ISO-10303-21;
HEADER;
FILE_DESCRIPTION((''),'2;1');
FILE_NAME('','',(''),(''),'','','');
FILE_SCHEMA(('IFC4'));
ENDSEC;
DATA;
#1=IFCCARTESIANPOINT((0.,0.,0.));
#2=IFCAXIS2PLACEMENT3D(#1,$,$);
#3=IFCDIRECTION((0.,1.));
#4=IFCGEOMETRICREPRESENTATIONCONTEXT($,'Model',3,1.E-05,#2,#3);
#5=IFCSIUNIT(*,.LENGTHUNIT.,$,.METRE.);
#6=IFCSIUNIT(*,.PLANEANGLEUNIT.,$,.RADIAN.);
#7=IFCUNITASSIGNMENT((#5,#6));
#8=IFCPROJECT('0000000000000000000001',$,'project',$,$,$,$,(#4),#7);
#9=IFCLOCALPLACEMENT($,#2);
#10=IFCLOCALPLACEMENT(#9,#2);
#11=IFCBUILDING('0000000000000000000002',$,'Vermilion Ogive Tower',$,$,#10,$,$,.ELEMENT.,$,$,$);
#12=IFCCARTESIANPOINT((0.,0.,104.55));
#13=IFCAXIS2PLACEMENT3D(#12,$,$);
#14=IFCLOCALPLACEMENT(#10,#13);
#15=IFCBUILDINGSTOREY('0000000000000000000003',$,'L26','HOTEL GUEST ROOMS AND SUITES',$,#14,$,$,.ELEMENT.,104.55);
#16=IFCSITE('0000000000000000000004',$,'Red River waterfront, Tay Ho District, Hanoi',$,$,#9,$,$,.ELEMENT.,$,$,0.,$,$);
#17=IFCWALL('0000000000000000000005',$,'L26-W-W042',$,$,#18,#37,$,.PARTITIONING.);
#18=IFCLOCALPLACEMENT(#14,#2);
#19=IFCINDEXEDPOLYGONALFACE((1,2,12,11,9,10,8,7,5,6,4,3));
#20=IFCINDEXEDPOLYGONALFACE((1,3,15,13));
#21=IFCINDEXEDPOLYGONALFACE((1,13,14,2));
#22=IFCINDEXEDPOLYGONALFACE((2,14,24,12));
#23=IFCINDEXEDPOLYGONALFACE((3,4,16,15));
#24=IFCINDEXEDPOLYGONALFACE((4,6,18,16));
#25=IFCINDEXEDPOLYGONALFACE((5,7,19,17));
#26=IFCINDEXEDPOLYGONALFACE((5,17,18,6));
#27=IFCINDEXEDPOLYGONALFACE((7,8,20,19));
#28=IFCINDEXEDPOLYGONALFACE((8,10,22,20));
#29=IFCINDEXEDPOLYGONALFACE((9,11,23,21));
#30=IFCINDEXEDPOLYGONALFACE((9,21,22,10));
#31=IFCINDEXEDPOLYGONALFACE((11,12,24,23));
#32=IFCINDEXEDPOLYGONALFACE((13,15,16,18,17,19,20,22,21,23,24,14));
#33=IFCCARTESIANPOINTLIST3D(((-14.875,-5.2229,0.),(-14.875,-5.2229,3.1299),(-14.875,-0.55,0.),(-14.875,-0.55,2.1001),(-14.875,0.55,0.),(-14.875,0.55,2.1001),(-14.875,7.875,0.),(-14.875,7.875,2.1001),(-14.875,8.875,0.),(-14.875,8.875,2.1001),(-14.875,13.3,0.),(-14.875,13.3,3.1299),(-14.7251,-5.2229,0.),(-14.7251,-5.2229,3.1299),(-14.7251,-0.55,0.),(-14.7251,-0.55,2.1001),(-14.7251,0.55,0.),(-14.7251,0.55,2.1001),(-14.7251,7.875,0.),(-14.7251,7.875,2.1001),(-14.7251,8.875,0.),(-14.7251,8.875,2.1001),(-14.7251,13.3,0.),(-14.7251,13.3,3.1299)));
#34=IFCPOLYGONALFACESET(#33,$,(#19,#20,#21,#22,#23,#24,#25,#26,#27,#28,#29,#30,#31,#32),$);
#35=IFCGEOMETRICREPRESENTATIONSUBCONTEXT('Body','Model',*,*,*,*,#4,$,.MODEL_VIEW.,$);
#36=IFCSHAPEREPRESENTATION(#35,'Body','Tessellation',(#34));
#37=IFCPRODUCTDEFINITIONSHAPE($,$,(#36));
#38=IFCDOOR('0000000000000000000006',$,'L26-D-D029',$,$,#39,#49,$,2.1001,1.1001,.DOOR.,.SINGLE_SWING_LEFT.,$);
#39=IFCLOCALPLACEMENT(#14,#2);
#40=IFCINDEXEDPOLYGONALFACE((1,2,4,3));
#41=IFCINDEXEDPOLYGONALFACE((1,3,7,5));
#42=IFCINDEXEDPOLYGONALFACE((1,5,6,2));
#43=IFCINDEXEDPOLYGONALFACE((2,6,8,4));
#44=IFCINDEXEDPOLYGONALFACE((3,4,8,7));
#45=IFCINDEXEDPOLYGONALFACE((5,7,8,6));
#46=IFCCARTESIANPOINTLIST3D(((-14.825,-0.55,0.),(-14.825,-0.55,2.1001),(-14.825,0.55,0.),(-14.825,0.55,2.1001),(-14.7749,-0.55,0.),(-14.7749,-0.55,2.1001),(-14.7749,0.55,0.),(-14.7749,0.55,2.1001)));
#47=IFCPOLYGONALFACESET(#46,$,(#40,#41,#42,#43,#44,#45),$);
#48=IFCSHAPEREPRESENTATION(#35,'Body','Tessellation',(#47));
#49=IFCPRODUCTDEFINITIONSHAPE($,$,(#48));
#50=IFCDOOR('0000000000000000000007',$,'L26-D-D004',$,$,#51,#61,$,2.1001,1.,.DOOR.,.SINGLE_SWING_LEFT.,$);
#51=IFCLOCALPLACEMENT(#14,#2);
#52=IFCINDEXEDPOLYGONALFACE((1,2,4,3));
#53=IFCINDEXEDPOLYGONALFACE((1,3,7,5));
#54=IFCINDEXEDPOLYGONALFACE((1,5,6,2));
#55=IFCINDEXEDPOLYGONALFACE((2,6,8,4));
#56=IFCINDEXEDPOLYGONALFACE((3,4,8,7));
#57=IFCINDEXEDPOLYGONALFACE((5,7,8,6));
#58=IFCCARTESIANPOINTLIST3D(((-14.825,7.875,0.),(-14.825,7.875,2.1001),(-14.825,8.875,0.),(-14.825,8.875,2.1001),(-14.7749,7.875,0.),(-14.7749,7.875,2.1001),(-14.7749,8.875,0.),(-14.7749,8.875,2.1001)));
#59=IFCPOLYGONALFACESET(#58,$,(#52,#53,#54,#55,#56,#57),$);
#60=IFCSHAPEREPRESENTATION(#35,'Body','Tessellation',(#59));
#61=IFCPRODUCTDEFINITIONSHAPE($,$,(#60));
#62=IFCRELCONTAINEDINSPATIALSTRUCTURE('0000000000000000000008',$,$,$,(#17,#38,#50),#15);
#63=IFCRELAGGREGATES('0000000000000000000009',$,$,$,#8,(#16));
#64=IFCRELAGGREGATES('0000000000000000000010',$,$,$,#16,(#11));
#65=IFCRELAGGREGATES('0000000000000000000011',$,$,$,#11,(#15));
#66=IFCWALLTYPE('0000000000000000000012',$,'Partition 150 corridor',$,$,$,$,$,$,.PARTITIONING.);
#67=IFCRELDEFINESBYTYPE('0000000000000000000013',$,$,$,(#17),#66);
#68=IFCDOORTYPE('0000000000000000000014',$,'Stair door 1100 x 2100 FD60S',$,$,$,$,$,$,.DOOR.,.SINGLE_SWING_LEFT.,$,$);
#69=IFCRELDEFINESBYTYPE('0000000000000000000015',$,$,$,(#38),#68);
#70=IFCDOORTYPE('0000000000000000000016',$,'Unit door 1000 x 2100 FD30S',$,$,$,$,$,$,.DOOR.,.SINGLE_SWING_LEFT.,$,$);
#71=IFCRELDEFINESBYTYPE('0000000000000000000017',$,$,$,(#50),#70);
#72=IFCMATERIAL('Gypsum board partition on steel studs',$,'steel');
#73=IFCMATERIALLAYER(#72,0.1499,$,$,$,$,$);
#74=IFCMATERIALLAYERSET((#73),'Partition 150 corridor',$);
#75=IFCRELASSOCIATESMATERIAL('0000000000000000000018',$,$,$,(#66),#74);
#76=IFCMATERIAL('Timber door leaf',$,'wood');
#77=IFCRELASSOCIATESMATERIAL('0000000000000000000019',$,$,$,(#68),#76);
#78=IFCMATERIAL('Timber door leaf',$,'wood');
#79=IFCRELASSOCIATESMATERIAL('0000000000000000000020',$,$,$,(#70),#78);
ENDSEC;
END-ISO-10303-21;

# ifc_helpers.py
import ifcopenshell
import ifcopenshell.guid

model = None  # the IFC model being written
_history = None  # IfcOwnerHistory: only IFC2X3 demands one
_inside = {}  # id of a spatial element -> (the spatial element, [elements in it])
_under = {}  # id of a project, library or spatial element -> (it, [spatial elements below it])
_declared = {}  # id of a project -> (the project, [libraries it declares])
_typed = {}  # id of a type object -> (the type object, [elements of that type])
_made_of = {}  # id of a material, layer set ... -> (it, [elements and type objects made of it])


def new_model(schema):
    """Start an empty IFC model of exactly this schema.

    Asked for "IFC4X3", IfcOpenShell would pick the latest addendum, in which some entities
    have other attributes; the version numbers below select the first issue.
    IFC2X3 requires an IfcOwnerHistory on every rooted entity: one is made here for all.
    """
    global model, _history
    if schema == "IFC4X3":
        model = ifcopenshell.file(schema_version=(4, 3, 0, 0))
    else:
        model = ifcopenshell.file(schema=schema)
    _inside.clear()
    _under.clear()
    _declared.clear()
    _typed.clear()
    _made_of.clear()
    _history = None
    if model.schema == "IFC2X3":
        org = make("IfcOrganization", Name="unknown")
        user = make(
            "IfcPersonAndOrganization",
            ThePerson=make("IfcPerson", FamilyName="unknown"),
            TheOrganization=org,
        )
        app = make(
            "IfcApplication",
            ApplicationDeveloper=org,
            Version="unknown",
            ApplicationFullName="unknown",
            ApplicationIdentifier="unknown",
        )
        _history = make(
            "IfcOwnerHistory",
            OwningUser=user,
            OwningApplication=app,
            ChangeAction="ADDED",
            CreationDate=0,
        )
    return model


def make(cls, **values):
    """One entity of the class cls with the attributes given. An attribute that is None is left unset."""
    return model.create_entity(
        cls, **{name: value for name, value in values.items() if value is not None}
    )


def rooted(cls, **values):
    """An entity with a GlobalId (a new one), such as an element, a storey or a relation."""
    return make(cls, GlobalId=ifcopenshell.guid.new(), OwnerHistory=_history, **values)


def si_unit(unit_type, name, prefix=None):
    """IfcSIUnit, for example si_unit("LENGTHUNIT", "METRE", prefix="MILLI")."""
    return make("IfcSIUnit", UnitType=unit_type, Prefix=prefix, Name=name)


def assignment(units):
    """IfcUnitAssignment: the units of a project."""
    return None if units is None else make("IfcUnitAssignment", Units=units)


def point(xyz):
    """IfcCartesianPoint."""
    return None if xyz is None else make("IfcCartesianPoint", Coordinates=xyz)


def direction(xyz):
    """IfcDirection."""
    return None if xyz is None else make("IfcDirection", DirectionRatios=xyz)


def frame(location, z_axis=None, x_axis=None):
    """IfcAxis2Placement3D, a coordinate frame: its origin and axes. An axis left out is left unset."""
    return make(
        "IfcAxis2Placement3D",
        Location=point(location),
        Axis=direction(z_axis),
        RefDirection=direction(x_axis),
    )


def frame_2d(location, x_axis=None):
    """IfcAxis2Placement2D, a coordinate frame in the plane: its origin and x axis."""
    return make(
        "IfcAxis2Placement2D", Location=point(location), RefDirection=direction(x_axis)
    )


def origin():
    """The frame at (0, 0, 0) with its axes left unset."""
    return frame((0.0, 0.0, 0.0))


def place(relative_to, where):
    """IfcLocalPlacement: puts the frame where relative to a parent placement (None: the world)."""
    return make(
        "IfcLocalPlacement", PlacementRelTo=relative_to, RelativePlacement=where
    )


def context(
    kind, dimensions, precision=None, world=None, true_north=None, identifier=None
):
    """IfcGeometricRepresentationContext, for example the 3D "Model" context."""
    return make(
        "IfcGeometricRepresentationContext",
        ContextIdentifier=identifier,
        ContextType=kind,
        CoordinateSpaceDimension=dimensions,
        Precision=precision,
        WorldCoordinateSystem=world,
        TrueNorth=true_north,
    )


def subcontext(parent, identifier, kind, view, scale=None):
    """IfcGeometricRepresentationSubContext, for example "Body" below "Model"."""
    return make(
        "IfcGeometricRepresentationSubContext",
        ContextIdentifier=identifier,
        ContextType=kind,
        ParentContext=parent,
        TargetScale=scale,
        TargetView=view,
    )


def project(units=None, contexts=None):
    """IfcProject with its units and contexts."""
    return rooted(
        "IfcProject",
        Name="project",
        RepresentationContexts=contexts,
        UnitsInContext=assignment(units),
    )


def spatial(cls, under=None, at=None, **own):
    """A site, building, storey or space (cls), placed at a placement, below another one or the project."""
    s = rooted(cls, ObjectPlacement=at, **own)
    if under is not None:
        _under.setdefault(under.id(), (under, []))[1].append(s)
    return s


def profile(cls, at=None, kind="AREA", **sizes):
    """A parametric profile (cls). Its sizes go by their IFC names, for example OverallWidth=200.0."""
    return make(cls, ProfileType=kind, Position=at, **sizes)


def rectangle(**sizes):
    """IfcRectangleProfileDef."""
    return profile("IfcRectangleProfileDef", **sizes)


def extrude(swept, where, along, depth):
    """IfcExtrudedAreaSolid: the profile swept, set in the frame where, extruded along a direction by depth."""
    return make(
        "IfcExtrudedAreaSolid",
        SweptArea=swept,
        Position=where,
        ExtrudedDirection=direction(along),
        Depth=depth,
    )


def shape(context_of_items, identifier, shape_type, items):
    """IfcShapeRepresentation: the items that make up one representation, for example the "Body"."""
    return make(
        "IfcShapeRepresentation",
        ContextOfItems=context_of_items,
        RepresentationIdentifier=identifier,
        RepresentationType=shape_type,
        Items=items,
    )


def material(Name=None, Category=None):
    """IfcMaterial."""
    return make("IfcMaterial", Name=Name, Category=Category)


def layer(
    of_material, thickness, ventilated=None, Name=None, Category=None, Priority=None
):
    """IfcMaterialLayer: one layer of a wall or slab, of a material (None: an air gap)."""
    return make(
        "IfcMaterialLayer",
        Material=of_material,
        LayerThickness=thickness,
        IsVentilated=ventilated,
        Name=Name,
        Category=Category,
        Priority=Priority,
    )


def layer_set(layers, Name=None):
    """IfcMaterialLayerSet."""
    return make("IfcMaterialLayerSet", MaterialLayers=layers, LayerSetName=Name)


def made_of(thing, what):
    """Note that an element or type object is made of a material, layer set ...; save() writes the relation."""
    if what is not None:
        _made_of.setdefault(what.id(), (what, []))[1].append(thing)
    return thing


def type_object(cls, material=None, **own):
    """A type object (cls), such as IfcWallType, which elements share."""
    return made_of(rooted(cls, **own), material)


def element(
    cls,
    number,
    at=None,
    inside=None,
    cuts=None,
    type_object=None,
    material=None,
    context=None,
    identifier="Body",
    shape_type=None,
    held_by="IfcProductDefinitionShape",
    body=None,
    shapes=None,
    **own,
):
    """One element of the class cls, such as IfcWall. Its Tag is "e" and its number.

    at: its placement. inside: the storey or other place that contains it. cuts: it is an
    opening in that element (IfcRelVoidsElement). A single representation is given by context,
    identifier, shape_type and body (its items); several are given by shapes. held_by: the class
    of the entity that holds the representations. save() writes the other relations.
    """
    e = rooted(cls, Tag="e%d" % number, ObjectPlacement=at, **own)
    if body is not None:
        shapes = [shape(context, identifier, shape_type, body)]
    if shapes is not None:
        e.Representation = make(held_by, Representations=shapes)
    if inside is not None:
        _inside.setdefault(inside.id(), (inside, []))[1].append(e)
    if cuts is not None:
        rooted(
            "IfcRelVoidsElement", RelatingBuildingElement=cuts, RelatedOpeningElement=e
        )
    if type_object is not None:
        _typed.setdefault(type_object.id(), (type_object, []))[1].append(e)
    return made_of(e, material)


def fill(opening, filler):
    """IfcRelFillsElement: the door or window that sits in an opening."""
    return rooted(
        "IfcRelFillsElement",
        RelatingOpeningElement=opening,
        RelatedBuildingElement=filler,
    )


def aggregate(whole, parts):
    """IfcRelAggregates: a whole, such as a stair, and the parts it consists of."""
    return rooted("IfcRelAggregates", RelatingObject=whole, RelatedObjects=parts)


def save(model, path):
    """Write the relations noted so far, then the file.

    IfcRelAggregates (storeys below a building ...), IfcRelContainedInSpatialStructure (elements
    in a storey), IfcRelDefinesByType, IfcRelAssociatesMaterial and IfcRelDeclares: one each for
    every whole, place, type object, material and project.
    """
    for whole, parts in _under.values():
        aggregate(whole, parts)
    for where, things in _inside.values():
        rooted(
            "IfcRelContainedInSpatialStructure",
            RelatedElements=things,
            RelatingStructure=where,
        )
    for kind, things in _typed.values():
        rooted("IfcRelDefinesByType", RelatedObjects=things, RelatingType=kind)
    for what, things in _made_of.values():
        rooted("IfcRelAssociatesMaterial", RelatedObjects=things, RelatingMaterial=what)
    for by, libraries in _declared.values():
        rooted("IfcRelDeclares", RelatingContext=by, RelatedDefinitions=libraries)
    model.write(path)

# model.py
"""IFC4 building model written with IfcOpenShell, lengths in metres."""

from ifc_helpers import new_model, si_unit, direction, frame, frame_2d, origin, place, context, subcontext, project, spatial, rectangle, extrude, material, layer, layer_set, type_object, element, fill, save


model = new_model("IFC4")

# Units and contexts
model_context = context("Model", 3, precision=1e-05, world=origin(), true_north=direction((0.0, 1.0)))
body_context = subcontext(model_context, "Body", "Model", "MODEL_VIEW")
ifc_project = project(units=[si_unit("LENGTHUNIT", "METRE"), si_unit("PLANEANGLEUNIT", "RADIAN")], contexts=[model_context])

# Site, building, storey
site_placement = place(None, origin())
site = spatial("IfcSite", under=ifc_project, at=site_placement, Name="Red River waterfront, Tay Ho District, Hanoi", CompositionType="ELEMENT", RefElevation=0.0)
building_placement = place(site_placement, origin())
building = spatial("IfcBuilding", under=site, at=building_placement, Name="Vermilion Ogive Tower", CompositionType="ELEMENT")
storey_placement = place(building_placement, frame((0.0, 0.0, 104.55)))
storey = spatial("IfcBuildingStorey", under=building, at=storey_placement, Name="L26", Description="HOTEL GUEST ROOMS AND SUITES", CompositionType="ELEMENT", Elevation=104.55)

# Shared definitions
ifc_material_1 = material(Name="Gypsum board partition on steel studs", Category="steel")
ifc_layer_1 = layer(ifc_material_1, 0.1499)
ifc_layer_set_1 = layer_set([ifc_layer_1], Name="Partition 150 corridor")
wall_type_1 = type_object("IfcWallType", Name="Partition 150 corridor", PredefinedType="PARTITIONING", material=ifc_layer_set_1)
ifc_material_2 = material(Name="Timber door leaf", Category="wood")
door_type_1 = type_object("IfcDoorType", Name="Stair door 1100 x 2100 FD60S", OperationType="SINGLE_SWING_LEFT", PredefinedType="DOOR", material=ifc_material_2)

# Wall, openings, doors
wall_1_placement = place(storey_placement, frame((-14.8, -5.2229, 0.0), z_axis=(0.0, 0.0, 1.0), x_axis=(0.0, 1.0, 0.0)))
wall_1 = element("IfcWall", 1, at=wall_1_placement, inside=storey, type_object=wall_type_1, Name="L26-W-W042", PredefinedType="PARTITIONING", context=body_context, shape_type="SweptSolid", body=[
    extrude(rectangle(XDim=18.5229, YDim=0.1499, at=frame_2d((9.2615, 0.0))), origin(), (0.0, 0.0, 1.0), 3.1299),
])
opening_1_placement = place(wall_1_placement, frame((13.0979, 0.0, 0.0)))
opening_1 = element("IfcOpeningElement", 2, at=opening_1_placement, cuts=wall_1, PredefinedType="OPENING", context=body_context, shape_type="SweptSolid", body=[
    extrude(rectangle(XDim=1.0, YDim=2.1001, at=frame_2d((0.5, 1.05))), frame((0.0, 0.085, 0.0), z_axis=(0.0, -1.0, 0.0), x_axis=(1.0, 0.0, 0.0)), (0.0, 0.0, 1.0), 0.1699),
])
opening_2_placement = place(wall_1_placement, frame((4.6729, 0.0, 0.0)))
opening_2 = element("IfcOpeningElement", 3, at=opening_2_placement, cuts=wall_1, PredefinedType="OPENING", context=body_context, shape_type="SweptSolid", body=[
    extrude(rectangle(XDim=1.1001, YDim=2.1001, at=frame_2d((0.55, 1.05))), frame((0.0, 0.085, 0.0), z_axis=(0.0, -1.0, 0.0), x_axis=(1.0, 0.0, 0.0)), (0.0, 0.0, 1.0), 0.1699),
])
door_1_placement = place(opening_2_placement, origin())
door_1 = element("IfcDoor", 4, at=door_1_placement, inside=storey, type_object=door_type_1, Name="L26-D-D029", OperationType="SINGLE_SWING_LEFT", OverallHeight=2.1001, OverallWidth=1.1001, PredefinedType="DOOR", context=body_context, shape_type="SweptSolid", body=[
    extrude(rectangle(XDim=1.1001, YDim=2.1001, at=frame_2d((0.55, 1.05))), frame((0.0, 0.0249, 0.0), z_axis=(0.0, -1.0, 0.0), x_axis=(1.0, 0.0, 0.0)), (0.0, 0.0, 1.0), 0.05),
])
fill(opening_2, door_1)
ifc_material_3 = material(Name="Timber door leaf", Category="wood")
door_type_2 = type_object("IfcDoorType", Name="Unit door 1000 x 2100 FD30S", OperationType="SINGLE_SWING_LEFT", PredefinedType="DOOR", material=ifc_material_3)
door_2_placement = place(opening_1_placement, origin())
door_2 = element("IfcDoor", 5, at=door_2_placement, inside=storey, type_object=door_type_2, Name="L26-D-D004", OperationType="SINGLE_SWING_LEFT", OverallHeight=2.1001, OverallWidth=1.0, PredefinedType="DOOR", context=body_context, shape_type="SweptSolid", body=[
    extrude(rectangle(XDim=1.0, YDim=2.1001, at=frame_2d((0.5, 1.05))), frame((0.0, 0.0249, 0.0), z_axis=(0.0, -1.0, 0.0), x_axis=(1.0, 0.0, 0.0)), (0.0, 0.0, 1.0), 0.05),
])
fill(opening_1, door_2)

save(model, "model.ifc")
